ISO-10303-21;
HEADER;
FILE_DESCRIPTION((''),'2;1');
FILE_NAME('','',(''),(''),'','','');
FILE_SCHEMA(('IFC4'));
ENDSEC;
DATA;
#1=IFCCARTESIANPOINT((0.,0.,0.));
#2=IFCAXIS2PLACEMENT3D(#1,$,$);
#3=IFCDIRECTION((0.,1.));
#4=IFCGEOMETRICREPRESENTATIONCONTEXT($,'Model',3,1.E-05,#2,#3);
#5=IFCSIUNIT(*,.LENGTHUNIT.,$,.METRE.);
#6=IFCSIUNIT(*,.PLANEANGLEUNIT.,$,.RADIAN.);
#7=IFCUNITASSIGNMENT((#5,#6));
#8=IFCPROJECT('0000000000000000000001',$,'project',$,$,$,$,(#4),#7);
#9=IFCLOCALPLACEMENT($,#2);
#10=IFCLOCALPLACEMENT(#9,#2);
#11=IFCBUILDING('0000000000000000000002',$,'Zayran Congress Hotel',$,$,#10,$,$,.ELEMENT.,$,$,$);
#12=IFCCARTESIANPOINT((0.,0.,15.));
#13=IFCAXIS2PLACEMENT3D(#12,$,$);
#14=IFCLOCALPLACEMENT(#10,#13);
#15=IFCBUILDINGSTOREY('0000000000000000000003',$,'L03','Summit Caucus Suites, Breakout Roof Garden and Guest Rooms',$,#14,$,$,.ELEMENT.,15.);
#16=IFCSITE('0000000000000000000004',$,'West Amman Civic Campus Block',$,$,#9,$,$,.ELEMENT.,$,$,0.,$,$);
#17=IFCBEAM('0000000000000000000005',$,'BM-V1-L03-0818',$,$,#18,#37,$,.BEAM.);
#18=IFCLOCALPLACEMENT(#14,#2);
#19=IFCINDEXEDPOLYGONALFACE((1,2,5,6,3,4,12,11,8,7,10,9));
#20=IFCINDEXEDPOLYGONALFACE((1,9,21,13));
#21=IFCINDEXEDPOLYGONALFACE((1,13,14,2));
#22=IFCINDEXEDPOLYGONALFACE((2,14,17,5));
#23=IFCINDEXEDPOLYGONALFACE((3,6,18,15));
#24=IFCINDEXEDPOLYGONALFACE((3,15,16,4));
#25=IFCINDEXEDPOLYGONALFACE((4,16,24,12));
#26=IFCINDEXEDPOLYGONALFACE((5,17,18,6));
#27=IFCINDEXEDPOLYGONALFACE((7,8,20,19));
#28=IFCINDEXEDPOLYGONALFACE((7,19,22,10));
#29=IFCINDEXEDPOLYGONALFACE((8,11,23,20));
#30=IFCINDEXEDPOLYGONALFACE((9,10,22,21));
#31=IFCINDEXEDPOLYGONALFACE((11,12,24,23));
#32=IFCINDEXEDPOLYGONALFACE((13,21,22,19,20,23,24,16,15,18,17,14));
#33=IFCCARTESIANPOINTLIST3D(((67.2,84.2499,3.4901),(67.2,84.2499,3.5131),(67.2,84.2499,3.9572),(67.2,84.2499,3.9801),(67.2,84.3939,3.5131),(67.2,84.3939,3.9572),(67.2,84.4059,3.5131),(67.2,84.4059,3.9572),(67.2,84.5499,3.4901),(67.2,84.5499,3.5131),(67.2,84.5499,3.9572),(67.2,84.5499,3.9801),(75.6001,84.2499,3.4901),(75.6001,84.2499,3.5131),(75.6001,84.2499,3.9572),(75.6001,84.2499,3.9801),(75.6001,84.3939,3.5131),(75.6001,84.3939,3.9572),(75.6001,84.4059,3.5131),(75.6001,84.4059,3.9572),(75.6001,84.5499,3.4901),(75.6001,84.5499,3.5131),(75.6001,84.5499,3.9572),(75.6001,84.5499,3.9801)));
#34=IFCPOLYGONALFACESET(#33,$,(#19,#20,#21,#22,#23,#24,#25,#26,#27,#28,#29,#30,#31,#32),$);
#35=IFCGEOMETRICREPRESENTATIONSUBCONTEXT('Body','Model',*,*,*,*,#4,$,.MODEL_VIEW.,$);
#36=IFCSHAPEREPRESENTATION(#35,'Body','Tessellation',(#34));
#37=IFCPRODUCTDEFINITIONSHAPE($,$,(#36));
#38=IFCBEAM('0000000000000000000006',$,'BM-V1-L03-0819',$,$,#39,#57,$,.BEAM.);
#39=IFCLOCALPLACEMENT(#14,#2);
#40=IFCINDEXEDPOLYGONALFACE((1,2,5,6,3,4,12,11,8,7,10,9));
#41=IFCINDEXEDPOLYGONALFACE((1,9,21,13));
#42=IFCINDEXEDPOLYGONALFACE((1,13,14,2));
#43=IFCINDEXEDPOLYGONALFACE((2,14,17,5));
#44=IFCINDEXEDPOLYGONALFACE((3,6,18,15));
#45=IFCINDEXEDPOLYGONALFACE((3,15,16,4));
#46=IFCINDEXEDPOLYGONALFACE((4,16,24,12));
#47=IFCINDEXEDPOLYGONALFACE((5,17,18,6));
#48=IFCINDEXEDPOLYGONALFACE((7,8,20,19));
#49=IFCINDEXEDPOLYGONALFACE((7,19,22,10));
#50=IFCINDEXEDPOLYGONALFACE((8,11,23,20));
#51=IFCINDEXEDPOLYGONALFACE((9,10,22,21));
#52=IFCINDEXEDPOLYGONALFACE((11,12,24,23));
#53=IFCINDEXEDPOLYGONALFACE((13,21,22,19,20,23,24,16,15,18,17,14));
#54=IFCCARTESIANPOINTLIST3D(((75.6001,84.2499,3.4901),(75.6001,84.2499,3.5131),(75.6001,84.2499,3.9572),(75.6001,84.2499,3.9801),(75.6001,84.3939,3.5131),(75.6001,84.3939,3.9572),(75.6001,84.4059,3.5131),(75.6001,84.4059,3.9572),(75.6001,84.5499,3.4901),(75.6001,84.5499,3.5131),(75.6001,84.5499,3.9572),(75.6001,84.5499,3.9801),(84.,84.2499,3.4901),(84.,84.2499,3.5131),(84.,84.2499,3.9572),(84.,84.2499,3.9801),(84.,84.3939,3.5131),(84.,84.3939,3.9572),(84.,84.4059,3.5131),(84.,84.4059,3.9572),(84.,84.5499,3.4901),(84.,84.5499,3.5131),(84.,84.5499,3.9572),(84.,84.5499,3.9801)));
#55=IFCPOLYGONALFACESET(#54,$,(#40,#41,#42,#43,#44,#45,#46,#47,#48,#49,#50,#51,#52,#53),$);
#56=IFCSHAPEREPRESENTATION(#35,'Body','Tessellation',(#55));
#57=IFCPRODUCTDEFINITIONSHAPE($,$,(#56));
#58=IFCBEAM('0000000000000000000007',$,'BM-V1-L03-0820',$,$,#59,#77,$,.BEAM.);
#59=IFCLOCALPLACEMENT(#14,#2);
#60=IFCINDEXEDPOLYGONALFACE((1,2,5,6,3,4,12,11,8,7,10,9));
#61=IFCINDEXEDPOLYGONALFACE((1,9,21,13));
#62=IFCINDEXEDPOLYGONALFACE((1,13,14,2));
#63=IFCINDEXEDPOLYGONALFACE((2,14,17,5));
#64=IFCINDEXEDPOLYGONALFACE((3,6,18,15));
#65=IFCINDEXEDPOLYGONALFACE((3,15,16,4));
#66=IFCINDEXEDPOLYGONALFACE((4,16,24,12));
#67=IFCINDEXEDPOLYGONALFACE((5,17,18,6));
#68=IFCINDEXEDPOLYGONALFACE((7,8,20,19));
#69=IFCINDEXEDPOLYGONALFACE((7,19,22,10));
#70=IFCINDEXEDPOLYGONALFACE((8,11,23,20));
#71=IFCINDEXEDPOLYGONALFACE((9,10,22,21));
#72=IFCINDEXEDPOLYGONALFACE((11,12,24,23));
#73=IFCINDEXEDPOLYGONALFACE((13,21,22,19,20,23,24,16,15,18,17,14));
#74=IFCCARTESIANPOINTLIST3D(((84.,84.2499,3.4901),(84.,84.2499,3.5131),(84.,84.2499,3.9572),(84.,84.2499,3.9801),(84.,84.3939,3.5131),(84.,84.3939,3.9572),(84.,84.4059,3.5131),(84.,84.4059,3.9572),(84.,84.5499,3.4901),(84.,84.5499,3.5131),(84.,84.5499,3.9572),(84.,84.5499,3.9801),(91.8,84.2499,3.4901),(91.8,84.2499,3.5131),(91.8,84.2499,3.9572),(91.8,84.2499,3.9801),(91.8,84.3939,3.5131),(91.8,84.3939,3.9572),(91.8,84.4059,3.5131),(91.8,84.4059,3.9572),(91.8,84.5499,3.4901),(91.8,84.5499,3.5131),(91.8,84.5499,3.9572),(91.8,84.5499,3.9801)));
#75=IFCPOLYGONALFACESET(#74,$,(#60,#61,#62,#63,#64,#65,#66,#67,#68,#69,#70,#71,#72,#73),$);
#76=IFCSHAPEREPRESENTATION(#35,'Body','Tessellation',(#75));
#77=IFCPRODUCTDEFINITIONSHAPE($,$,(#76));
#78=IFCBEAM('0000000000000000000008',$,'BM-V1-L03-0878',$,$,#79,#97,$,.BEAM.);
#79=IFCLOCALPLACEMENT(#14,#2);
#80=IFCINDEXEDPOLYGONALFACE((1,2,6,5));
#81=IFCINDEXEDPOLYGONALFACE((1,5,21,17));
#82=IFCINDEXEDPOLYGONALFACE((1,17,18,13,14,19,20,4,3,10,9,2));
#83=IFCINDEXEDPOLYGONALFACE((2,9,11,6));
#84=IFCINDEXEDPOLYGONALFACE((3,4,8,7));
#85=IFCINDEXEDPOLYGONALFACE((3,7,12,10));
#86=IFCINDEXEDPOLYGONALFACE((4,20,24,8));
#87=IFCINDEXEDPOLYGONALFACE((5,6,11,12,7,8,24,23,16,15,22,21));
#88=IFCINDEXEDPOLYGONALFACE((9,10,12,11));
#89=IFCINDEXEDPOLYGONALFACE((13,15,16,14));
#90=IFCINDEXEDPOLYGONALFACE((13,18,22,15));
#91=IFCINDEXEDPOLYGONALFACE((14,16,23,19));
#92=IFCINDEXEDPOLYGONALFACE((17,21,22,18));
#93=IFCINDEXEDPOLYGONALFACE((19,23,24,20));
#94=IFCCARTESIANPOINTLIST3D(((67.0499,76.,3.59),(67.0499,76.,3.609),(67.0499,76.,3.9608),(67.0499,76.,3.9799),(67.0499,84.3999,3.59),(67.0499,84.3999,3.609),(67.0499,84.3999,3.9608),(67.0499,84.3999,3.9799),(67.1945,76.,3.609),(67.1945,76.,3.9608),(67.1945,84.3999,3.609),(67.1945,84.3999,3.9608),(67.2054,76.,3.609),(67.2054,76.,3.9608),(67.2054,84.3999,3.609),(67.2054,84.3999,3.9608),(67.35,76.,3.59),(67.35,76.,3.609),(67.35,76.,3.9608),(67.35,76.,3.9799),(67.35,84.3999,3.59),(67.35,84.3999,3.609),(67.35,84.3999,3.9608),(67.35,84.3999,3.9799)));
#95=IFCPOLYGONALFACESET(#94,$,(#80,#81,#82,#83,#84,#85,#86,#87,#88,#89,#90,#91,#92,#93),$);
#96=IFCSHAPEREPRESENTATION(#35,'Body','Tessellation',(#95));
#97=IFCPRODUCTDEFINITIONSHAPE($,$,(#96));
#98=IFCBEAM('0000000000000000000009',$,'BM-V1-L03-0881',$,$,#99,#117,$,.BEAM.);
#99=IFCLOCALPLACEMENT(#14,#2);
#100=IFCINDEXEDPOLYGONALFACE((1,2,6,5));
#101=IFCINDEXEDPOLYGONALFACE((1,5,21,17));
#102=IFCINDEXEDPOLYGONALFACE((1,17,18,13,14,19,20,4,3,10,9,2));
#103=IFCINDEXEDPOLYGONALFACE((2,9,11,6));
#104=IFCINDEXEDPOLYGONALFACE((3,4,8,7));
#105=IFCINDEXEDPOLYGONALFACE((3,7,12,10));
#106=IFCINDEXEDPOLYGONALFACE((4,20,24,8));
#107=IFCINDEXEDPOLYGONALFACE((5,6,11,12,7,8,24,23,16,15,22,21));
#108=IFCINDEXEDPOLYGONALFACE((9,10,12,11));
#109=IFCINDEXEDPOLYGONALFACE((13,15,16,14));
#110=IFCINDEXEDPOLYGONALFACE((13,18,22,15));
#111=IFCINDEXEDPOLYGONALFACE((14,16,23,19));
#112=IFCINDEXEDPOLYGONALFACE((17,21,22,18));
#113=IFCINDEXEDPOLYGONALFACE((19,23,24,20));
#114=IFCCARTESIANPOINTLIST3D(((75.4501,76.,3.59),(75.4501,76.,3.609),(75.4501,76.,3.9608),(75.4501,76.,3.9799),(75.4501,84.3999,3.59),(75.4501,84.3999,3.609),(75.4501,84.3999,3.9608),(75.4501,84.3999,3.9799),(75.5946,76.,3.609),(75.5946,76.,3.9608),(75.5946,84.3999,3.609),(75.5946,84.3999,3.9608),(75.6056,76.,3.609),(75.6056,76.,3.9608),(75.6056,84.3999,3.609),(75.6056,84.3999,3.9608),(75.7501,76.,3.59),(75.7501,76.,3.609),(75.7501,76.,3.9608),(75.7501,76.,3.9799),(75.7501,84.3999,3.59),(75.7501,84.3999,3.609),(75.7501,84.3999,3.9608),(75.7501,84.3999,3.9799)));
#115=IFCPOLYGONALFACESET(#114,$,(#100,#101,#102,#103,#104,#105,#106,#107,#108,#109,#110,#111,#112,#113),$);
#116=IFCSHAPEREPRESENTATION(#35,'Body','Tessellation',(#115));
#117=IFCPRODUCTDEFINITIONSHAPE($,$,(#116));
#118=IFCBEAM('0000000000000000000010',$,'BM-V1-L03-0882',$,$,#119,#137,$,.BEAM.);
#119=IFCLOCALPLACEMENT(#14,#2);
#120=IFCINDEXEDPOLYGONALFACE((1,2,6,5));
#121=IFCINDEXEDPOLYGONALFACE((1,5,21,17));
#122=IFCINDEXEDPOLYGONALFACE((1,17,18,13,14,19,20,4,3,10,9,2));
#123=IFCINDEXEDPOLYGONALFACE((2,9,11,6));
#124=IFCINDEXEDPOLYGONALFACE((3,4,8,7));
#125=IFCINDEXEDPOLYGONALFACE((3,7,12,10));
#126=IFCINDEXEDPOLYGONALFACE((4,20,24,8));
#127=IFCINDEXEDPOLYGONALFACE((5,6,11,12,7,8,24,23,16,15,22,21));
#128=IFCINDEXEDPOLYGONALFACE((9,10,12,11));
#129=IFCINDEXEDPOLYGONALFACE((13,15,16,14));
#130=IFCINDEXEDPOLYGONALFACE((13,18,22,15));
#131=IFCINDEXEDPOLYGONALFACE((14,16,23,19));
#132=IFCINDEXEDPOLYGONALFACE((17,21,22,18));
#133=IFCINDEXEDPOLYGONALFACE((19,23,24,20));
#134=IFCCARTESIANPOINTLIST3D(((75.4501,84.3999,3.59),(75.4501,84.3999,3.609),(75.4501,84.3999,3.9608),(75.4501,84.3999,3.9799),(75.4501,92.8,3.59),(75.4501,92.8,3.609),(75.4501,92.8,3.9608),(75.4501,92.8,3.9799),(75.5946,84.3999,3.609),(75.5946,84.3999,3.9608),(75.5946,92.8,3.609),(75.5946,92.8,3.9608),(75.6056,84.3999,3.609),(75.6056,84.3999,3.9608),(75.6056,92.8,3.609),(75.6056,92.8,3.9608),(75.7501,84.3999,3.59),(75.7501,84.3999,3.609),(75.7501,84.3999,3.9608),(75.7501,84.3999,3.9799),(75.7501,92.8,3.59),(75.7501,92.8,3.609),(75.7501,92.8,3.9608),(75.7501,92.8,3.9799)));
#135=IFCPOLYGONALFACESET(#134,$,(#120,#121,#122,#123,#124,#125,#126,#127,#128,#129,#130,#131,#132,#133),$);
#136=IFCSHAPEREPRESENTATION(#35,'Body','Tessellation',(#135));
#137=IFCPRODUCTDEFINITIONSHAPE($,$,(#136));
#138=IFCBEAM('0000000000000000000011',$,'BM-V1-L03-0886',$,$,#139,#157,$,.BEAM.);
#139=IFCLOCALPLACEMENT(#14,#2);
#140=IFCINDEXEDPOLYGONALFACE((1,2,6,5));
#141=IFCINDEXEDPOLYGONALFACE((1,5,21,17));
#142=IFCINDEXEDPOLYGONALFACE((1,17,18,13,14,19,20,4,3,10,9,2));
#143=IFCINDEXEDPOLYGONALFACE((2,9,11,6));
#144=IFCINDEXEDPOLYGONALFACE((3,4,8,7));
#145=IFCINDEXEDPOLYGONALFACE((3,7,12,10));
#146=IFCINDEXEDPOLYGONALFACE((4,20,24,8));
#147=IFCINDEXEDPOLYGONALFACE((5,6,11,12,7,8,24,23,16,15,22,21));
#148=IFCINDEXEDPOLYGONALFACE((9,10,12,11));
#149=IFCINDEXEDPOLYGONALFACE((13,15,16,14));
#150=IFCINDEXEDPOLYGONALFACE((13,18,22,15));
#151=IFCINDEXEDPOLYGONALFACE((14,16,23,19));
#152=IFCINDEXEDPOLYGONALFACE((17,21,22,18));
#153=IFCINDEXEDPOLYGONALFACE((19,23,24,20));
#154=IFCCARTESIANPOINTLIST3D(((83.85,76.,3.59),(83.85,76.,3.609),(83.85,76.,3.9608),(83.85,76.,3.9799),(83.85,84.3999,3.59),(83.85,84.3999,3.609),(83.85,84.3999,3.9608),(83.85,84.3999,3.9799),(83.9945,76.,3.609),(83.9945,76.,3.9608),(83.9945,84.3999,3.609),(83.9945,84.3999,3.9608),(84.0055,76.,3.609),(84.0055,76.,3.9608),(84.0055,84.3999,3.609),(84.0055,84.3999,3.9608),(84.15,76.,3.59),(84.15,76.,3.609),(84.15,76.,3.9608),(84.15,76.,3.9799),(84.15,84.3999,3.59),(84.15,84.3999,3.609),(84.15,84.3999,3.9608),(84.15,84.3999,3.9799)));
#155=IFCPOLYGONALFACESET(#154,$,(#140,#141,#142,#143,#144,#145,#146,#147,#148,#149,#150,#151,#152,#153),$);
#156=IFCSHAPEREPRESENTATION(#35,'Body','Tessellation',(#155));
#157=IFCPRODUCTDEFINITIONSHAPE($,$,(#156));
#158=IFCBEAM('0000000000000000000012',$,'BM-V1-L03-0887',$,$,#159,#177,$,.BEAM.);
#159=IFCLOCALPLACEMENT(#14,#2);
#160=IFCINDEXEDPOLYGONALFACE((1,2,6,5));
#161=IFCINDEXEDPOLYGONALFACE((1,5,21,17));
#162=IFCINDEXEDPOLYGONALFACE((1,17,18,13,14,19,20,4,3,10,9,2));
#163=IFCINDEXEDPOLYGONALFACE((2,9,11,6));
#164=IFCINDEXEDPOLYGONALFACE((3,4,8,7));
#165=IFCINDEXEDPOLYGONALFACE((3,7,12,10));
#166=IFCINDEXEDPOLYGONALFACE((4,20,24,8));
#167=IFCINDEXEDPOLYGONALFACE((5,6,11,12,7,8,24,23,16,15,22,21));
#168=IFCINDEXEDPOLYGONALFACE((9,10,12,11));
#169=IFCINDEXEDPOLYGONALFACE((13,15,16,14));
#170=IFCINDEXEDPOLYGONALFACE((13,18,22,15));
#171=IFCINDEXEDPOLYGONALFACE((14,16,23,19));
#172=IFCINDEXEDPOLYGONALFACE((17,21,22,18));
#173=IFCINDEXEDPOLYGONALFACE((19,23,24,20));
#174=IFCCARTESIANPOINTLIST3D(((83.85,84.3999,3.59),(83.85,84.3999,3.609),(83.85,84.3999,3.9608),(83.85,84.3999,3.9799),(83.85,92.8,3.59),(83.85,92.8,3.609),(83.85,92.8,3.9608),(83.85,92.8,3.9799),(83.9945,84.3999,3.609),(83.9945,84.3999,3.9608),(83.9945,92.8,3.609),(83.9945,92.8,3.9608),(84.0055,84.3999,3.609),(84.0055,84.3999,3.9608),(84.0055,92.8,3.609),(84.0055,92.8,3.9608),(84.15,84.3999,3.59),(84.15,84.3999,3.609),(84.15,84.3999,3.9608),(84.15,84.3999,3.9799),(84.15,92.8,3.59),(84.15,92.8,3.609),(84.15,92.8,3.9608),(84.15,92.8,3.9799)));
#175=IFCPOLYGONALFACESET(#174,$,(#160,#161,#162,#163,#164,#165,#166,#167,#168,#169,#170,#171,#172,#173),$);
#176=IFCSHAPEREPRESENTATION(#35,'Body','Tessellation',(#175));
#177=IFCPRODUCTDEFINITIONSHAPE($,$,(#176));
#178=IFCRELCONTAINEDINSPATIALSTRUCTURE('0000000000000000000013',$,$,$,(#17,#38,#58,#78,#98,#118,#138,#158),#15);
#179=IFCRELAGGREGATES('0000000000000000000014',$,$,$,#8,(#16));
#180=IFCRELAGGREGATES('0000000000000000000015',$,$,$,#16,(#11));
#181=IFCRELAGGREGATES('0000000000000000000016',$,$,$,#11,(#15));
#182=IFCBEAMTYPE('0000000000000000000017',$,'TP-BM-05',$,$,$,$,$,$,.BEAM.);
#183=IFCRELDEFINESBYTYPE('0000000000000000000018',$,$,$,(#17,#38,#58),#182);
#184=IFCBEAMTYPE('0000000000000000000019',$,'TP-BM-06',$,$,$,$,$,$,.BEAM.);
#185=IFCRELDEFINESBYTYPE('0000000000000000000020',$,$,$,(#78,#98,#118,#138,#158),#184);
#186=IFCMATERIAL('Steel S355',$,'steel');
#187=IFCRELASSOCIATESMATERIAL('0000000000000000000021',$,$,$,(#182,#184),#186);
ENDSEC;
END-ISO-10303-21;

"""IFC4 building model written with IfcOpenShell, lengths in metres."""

from ifc_helpers import new_model, si_unit, direction, frame, origin, origin_2d, place, context, subcontext, project, spatial, i_section, extrude, material, material_profile, profile_set, type_object, element, save


model = new_model("IFC4")

# Units and contexts
model_context = context("Model", 3, precision=1e-05, world=origin(), true_north=direction((0.0, 1.0)))
body_context = subcontext(model_context, "Body", "Model", "MODEL_VIEW")
ifc_project = project(units=[si_unit("LENGTHUNIT", "METRE"), si_unit("PLANEANGLEUNIT", "RADIAN")], contexts=[model_context])

# Site, building, storey
site_placement = place(None, origin())
site = spatial("IfcSite", under=ifc_project, at=site_placement, Name="West Amman Civic Campus Block", CompositionType="ELEMENT", RefElevation=0.0)
building_placement = place(site_placement, origin())
building = spatial("IfcBuilding", under=site, at=building_placement, Name="Zayran Congress Hotel", CompositionType="ELEMENT")
storey_placement = place(building_placement, frame((0.0, 0.0, 15.0)))
storey = spatial("IfcBuildingStorey", under=building, at=storey_placement, Name="L03", Description="Summit Caucus Suites, Breakout Roof Garden and Guest Rooms", CompositionType="ELEMENT", Elevation=15.0)

# Shared definitions
ifc_material_1 = material(Name="Steel S355", Category="steel")

# Beams
ifc_material_profile_1 = material_profile(ifc_material_1, i_section(OverallWidth=0.3, OverallDepth=0.49, WebThickness=0.012, FlangeThickness=0.0229, at=origin_2d()), Name="HEA 500")
ifc_profile_set_1 = profile_set([ifc_material_profile_1], Name="Steel S355")
beam_type_1 = type_object("IfcBeamType", Name="TP-BM-05", PredefinedType="BEAM", material=ifc_profile_set_1)
beam_1_placement = place(storey_placement, frame((67.2, 84.3999, 3.7351), z_axis=(1.0, 0.0, 0.0), x_axis=(0.0, 1.0, 0.0)))
element("IfcBeam", 1, at=beam_1_placement, inside=storey, type_object=beam_type_1, Name="BM-V1-L03-0818", PredefinedType="BEAM", context=body_context, shape_type="SweptSolid", body=[
    extrude(i_section(OverallWidth=0.3, OverallDepth=0.49, WebThickness=0.012, FlangeThickness=0.0229, at=origin_2d()), origin(), (0.0, 0.0, 1.0), 8.4001),
])
beam_2_placement = place(storey_placement, frame((75.6001, 84.3999, 3.7351), z_axis=(1.0, 0.0, 0.0), x_axis=(0.0, 1.0, 0.0)))
element("IfcBeam", 2, at=beam_2_placement, inside=storey, type_object=beam_type_1, Name="BM-V1-L03-0819", PredefinedType="BEAM", context=body_context, shape_type="SweptSolid", body=[
    extrude(i_section(OverallWidth=0.3, OverallDepth=0.49, WebThickness=0.012, FlangeThickness=0.0229, at=origin_2d()), origin(), (0.0, 0.0, 1.0), 8.3999),
])
beam_3_placement = place(storey_placement, frame((84.0, 84.3999, 3.7351), z_axis=(1.0, 0.0, 0.0), x_axis=(0.0, 1.0, 0.0)))
element("IfcBeam", 3, at=beam_3_placement, inside=storey, type_object=beam_type_1, Name="BM-V1-L03-0820", PredefinedType="BEAM", context=body_context, shape_type="SweptSolid", body=[
    extrude(i_section(OverallWidth=0.3, OverallDepth=0.49, WebThickness=0.012, FlangeThickness=0.0229, at=origin_2d()), origin(), (0.0, 0.0, 1.0), 7.8),
])
ifc_material_profile_2 = material_profile(ifc_material_1, i_section(OverallWidth=0.3, OverallDepth=0.3899, WebThickness=0.011, FlangeThickness=0.019, at=origin_2d()), Name="HEA 400")
ifc_profile_set_2 = profile_set([ifc_material_profile_2], Name="Steel S355")
beam_type_2 = type_object("IfcBeamType", Name="TP-BM-06", PredefinedType="BEAM", material=ifc_profile_set_2)
for number, where, z_axis, x_axis, name in (
    (4, (67.2, 76.0, 3.7849), (0.0, 1.0, 0.0), (-1.0, 0.0, 0.0), "BM-V1-L03-0878"),
    (5, (75.6001, 76.0, 3.7849), (0.0, 1.0, 0.0), (-1.0, 0.0, 0.0), "BM-V1-L03-0881"),
):
    element("IfcBeam", number, at=place(storey_placement, frame(where, z_axis=z_axis, x_axis=x_axis)), inside=storey, type_object=beam_type_2, Name=name, PredefinedType="BEAM", context=body_context, shape_type="SweptSolid", body=[
        extrude(i_section(OverallWidth=0.3, OverallDepth=0.3899, WebThickness=0.011, FlangeThickness=0.019, at=origin_2d()), origin(), (0.0, 0.0, 1.0), 8.3999),
    ])
beam_4_placement = place(storey_placement, frame((75.6001, 84.3999, 3.7849), z_axis=(0.0, 1.0, 0.0), x_axis=(-1.0, 0.0, 0.0)))
element("IfcBeam", 6, at=beam_4_placement, inside=storey, type_object=beam_type_2, Name="BM-V1-L03-0882", PredefinedType="BEAM", context=body_context, shape_type="SweptSolid", body=[
    extrude(i_section(OverallWidth=0.3, OverallDepth=0.3899, WebThickness=0.011, FlangeThickness=0.019, at=origin_2d()), origin(), (0.0, 0.0, 1.0), 8.4001),
])
beam_5_placement = place(storey_placement, frame((84.0, 76.0, 3.7849), z_axis=(0.0, 1.0, 0.0), x_axis=(-1.0, 0.0, 0.0)))
element("IfcBeam", 7, at=beam_5_placement, inside=storey, type_object=beam_type_2, Name="BM-V1-L03-0886", PredefinedType="BEAM", context=body_context, shape_type="SweptSolid", body=[
    extrude(i_section(OverallWidth=0.3, OverallDepth=0.3899, WebThickness=0.011, FlangeThickness=0.019, at=origin_2d()), origin(), (0.0, 0.0, 1.0), 8.3999),
])
beam_6_placement = place(storey_placement, frame((84.0, 84.3999, 3.7849), z_axis=(0.0, 1.0, 0.0), x_axis=(-1.0, 0.0, 0.0)))
element("IfcBeam", 8, at=beam_6_placement, inside=storey, type_object=beam_type_2, Name="BM-V1-L03-0887", PredefinedType="BEAM", context=body_context, shape_type="SweptSolid", body=[
    extrude(i_section(OverallWidth=0.3, OverallDepth=0.3899, WebThickness=0.011, FlangeThickness=0.019, at=origin_2d()), origin(), (0.0, 0.0, 1.0), 8.4001),
])

save(model, "model.ifc")
